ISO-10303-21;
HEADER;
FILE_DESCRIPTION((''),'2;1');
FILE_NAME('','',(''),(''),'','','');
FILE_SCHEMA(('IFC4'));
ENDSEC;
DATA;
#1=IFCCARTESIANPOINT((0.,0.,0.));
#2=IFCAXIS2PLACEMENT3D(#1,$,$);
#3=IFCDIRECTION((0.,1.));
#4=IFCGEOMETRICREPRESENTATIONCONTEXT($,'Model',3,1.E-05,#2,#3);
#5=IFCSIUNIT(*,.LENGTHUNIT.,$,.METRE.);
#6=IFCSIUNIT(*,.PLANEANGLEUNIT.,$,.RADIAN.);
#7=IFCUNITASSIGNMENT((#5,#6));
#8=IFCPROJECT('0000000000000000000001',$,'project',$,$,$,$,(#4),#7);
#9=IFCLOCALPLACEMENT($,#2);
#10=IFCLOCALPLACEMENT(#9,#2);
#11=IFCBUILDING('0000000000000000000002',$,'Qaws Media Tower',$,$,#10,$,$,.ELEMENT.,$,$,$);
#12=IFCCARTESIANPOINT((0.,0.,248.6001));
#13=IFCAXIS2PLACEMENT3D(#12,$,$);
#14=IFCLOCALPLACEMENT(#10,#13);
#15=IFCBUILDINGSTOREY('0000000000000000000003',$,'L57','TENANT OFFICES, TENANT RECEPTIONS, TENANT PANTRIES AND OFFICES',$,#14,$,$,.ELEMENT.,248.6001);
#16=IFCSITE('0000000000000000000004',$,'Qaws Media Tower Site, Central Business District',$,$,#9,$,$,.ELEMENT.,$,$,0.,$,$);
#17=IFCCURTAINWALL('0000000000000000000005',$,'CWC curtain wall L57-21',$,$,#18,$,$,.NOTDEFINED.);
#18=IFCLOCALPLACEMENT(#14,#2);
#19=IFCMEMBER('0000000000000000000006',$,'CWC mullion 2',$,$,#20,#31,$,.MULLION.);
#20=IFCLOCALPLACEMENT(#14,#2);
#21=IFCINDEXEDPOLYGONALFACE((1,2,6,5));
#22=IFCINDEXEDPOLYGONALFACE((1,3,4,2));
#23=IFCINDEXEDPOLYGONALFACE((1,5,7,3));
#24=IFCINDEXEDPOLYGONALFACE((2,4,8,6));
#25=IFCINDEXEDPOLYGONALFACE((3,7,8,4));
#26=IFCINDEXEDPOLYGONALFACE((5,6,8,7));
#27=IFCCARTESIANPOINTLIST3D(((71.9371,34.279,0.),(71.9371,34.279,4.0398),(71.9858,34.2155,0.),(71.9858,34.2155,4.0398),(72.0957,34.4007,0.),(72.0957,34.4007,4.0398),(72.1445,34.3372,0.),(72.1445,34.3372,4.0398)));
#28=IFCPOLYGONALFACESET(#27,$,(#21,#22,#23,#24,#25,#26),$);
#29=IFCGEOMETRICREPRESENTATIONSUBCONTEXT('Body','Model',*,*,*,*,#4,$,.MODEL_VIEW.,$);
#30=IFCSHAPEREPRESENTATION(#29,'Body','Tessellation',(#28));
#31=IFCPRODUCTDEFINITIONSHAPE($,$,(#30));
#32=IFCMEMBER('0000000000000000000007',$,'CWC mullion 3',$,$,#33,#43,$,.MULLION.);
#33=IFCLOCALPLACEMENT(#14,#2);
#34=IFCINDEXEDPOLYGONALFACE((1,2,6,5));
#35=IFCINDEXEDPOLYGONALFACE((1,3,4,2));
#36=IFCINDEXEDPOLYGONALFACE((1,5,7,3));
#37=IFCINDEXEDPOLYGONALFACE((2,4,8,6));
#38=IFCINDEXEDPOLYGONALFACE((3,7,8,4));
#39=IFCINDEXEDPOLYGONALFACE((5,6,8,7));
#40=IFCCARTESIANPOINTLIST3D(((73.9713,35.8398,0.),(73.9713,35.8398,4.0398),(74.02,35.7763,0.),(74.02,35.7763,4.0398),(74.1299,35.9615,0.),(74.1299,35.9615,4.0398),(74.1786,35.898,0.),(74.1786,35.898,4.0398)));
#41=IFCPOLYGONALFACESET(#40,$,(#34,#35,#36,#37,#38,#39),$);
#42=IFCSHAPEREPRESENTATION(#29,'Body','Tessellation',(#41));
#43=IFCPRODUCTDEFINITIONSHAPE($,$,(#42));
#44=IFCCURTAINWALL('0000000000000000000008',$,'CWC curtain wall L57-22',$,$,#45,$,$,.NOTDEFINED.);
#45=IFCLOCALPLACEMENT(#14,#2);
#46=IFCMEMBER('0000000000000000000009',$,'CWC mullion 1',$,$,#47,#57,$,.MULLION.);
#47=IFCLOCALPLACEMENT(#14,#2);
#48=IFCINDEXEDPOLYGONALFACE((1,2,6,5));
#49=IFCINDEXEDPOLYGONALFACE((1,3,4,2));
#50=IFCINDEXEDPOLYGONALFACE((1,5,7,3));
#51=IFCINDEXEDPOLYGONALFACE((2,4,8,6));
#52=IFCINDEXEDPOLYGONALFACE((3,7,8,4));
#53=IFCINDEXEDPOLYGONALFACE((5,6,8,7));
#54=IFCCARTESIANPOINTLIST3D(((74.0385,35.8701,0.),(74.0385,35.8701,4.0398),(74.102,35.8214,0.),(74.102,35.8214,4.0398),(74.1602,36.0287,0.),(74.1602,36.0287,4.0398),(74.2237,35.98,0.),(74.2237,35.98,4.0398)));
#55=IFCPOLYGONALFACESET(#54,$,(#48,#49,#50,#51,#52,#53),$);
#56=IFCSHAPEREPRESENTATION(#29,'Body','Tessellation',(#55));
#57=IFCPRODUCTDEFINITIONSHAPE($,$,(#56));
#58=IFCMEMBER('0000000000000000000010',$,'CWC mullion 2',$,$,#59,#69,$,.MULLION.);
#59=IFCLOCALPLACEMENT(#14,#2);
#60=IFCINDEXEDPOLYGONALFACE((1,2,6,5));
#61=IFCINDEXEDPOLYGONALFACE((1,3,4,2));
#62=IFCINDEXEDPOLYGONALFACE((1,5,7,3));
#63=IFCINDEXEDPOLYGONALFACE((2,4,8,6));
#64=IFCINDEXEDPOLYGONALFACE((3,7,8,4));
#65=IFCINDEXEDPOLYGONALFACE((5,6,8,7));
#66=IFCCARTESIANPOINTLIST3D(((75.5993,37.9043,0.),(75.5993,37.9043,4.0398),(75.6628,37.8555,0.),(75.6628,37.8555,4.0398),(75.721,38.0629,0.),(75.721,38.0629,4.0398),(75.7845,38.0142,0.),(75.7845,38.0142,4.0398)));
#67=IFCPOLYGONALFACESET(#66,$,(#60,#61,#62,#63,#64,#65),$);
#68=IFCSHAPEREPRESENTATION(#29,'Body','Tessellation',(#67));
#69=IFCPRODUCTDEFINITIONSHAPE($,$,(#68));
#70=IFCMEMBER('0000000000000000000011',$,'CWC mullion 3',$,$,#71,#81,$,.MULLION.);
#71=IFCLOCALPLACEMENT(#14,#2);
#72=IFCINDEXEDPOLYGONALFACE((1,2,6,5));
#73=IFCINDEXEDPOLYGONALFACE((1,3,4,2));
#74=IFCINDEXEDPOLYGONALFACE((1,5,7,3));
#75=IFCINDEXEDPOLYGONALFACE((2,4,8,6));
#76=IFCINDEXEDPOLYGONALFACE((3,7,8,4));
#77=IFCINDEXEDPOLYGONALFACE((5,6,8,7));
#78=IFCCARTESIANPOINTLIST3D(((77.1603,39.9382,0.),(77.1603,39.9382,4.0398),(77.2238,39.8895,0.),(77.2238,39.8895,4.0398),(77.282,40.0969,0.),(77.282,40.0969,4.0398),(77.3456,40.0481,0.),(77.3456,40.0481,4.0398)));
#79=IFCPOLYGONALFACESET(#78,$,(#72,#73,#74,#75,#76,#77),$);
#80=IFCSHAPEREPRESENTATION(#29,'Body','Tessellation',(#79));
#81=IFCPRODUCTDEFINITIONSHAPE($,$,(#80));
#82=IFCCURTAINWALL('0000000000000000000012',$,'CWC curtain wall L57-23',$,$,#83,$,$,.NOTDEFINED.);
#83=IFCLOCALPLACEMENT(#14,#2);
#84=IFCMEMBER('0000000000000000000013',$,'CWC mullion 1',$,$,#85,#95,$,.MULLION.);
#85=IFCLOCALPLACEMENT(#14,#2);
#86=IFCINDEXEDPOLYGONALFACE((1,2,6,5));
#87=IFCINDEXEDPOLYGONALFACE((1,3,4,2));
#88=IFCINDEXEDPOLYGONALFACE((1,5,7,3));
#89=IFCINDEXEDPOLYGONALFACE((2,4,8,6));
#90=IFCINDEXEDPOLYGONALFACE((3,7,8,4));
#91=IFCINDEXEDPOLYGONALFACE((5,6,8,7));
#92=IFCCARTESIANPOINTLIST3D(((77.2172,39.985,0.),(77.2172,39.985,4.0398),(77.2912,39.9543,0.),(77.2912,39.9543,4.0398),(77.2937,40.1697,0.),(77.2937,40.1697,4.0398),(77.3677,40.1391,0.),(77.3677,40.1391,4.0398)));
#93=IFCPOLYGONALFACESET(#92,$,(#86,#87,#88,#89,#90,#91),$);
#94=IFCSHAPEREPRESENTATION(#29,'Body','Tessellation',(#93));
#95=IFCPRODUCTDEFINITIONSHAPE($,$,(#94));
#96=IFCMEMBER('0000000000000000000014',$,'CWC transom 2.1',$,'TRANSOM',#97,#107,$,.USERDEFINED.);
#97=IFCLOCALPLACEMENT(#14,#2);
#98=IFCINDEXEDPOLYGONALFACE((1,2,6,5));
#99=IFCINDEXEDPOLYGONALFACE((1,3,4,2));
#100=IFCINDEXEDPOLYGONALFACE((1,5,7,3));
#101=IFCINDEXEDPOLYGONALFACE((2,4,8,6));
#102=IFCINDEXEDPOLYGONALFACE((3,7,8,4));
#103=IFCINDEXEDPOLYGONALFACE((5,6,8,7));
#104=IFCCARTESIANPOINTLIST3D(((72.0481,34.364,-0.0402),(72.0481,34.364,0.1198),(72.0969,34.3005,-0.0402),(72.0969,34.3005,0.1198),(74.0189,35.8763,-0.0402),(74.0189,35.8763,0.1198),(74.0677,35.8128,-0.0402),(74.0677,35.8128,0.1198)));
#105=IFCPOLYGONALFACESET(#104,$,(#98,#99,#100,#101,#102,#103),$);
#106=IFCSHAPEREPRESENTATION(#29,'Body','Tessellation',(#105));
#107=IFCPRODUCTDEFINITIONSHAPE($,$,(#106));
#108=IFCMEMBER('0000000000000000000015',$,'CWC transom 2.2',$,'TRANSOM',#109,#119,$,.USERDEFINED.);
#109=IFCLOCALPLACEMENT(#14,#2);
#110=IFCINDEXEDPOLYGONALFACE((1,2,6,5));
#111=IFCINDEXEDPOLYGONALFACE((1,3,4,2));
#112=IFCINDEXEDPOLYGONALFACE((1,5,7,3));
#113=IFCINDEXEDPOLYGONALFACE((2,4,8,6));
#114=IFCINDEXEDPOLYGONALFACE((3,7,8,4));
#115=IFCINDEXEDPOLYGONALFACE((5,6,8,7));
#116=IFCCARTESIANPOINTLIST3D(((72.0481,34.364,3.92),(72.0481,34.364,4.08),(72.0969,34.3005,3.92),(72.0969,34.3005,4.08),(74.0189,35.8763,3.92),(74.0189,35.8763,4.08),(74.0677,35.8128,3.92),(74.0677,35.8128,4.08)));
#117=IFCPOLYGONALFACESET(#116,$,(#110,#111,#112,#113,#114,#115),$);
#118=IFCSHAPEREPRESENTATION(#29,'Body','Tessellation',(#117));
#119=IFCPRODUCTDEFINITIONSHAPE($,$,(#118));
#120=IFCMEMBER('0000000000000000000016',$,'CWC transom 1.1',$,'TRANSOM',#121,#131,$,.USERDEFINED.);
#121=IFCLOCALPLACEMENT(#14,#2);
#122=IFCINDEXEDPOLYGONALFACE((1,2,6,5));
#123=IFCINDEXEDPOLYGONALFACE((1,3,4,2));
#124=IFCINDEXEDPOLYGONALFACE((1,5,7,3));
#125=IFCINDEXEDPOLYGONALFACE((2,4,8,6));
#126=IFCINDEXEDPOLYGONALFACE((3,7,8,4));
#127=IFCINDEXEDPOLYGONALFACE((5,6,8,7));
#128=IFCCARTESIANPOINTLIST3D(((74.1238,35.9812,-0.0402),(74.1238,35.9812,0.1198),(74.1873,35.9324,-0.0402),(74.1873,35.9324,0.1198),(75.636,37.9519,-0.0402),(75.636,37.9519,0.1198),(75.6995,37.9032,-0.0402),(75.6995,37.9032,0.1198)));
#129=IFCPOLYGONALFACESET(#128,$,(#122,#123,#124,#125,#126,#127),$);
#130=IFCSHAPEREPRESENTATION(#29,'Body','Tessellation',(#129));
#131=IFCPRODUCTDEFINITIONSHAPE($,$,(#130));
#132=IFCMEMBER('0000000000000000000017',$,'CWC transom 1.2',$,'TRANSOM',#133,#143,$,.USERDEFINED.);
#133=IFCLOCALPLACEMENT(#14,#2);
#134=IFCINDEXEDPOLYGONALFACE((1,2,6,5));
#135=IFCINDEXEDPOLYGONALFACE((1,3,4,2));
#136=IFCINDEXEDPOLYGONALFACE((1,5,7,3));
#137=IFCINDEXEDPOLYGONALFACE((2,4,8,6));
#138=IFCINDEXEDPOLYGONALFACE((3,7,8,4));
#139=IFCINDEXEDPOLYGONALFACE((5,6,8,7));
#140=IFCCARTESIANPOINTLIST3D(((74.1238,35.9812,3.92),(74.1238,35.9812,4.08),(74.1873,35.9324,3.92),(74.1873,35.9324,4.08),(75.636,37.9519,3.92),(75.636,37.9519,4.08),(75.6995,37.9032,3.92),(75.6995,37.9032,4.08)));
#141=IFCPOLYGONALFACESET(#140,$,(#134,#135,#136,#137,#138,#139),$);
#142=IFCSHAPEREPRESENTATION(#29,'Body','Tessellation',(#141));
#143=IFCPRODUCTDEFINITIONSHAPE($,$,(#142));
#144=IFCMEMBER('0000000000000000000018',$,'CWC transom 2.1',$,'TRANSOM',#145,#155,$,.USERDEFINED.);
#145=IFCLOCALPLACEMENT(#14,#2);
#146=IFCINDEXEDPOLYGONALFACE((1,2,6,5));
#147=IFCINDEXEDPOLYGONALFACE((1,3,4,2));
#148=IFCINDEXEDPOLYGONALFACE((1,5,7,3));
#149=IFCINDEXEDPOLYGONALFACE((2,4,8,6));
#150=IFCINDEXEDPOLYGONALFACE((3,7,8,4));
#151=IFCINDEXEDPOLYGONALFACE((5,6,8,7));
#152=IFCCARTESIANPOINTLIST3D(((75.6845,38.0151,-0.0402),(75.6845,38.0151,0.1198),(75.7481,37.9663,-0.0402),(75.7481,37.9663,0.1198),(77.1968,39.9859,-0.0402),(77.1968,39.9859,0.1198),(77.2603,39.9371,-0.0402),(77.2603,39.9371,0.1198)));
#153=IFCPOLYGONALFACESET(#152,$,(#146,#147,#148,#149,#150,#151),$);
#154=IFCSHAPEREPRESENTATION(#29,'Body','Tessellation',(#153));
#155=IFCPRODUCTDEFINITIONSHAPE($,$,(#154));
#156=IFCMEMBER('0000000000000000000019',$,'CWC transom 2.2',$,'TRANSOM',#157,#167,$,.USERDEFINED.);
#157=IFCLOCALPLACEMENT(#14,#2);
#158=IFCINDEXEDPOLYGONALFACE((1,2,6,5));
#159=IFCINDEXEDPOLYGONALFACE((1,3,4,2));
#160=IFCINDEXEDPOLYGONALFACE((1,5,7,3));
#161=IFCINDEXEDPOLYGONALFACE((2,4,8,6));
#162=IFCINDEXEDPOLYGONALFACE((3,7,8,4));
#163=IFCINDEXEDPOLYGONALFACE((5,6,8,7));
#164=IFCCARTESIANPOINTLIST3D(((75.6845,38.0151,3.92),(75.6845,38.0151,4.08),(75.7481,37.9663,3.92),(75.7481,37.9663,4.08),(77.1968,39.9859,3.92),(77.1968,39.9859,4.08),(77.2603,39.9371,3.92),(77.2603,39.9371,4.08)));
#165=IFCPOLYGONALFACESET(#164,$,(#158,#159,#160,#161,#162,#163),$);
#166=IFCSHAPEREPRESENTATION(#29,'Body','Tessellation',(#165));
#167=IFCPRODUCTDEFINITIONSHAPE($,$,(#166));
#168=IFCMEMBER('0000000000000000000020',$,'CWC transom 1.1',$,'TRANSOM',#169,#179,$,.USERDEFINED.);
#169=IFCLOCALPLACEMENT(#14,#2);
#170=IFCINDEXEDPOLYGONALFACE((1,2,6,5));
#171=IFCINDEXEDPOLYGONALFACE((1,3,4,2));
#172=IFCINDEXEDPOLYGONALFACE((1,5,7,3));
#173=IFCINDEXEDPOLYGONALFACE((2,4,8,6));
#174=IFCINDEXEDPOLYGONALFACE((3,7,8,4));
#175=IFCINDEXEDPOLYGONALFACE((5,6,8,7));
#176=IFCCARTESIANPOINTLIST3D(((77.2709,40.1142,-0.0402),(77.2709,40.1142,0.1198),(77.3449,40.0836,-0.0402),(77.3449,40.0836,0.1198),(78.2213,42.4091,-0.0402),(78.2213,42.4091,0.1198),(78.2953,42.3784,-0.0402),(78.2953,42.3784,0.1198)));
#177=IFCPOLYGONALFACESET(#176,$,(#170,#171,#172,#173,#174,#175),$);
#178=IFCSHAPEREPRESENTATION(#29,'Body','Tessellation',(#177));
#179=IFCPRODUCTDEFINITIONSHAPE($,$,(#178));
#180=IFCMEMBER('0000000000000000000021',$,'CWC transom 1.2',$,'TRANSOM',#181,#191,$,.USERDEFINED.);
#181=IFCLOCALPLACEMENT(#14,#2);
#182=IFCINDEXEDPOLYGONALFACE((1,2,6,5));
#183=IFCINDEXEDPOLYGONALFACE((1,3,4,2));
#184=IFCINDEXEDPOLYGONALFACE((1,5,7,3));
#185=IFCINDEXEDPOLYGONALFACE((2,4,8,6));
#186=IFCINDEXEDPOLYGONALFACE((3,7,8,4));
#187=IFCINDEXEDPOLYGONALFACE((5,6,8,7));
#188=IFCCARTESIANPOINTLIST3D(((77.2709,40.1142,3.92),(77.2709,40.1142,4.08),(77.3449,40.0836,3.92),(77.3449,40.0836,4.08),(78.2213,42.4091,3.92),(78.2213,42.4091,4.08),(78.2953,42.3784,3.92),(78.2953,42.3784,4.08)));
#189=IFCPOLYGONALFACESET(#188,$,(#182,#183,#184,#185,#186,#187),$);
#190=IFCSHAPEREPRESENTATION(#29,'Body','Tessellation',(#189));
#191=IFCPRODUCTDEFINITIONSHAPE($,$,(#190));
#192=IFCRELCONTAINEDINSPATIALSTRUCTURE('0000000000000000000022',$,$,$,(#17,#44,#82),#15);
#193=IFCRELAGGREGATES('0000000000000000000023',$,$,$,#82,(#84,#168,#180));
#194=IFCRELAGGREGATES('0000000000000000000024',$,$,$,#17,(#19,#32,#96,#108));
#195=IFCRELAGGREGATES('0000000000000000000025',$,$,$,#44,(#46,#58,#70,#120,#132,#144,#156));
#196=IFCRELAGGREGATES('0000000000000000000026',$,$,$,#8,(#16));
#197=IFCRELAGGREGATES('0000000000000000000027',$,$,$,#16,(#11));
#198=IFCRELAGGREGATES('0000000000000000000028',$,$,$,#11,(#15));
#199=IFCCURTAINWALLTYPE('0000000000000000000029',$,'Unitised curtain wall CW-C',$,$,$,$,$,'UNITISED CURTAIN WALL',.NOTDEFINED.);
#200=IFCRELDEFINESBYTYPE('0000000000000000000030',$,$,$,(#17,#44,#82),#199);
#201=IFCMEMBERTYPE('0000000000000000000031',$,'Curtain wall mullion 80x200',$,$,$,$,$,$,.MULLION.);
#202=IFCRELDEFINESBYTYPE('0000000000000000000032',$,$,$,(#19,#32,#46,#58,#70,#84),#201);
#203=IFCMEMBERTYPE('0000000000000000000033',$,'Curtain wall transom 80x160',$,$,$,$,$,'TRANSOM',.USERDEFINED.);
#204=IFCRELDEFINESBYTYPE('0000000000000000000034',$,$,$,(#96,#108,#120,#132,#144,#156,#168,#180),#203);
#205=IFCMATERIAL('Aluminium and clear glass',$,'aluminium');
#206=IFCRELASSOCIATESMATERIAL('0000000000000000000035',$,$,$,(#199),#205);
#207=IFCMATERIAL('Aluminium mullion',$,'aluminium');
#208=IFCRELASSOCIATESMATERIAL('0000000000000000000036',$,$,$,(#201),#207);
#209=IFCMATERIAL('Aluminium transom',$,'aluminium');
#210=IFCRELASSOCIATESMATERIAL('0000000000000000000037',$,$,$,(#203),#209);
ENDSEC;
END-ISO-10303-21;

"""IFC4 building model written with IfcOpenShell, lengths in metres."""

from ifc_helpers import new_model, si_unit, direction, frame, origin, origin_2d, place, context, subcontext, project, spatial, rectangle, extrude, material, material_profile, profile_set, type_object, element, aggregate, save


model = new_model("IFC4")

# Units and contexts
model_context = context("Model", 3, precision=1e-05, world=origin(), true_north=direction((0.0, 1.0)))
body_context = subcontext(model_context, "Body", "Model", "MODEL_VIEW")
ifc_project = project(units=[si_unit("LENGTHUNIT", "METRE"), si_unit("PLANEANGLEUNIT", "RADIAN")], contexts=[model_context])

# Site, building, storey
site_placement = place(None, origin())
site = spatial("IfcSite", under=ifc_project, at=site_placement, Name="Qaws Media Tower Site, Central Business District", CompositionType="ELEMENT", RefElevation=0.0)
building_placement = place(site_placement, origin())
building = spatial("IfcBuilding", under=site, at=building_placement, Name="Qaws Media Tower", CompositionType="ELEMENT")
storey_placement = place(building_placement, frame((0.0, 0.0, 248.6001)))
storey = spatial("IfcBuildingStorey", under=building, at=storey_placement, Name="L57", Description="TENANT OFFICES, TENANT RECEPTIONS, TENANT PANTRIES AND OFFICES", CompositionType="ELEMENT", Elevation=248.6001)

# Curtain walls, members
ifc_material_1 = material(Name="Aluminium and clear glass", Category="aluminium")
curtain_wall_type = type_object("IfcCurtainWallType", Name="Unitised curtain wall CW-C", ElementType="UNITISED CURTAIN WALL", PredefinedType="NOTDEFINED", material=ifc_material_1)
curtain_wall_1_placement = place(storey_placement, origin())
curtain_wall_1 = element("IfcCurtainWall", 1, at=curtain_wall_1_placement, inside=storey, type_object=curtain_wall_type, Name="CWC curtain wall L57-21", PredefinedType="NOTDEFINED")
ifc_material_2 = material(Name="Aluminium mullion", Category="aluminium")
ifc_material_profile_1 = material_profile(ifc_material_2, rectangle(XDim=0.0801, YDim=0.2, at=origin_2d()), Name="80x200")
ifc_profile_set_1 = profile_set([ifc_material_profile_1], Name="Aluminium mullion")
member_type_1 = type_object("IfcMemberType", Name="Curtain wall mullion 80x200", PredefinedType="MULLION", material=ifc_profile_set_1)
member_1_placement = place(storey_placement, frame((72.0408, 34.3081, 0.0), z_axis=(0.0, 0.0, 1.0), x_axis=(-0.608762, 0.793353, 0.0)))
member_1 = element("IfcMember", 2, at=member_1_placement, type_object=member_type_1, Name="CWC mullion 2", PredefinedType="MULLION", context=body_context, shape_type="SweptSolid", body=[
    extrude(rectangle(XDim=0.0801, YDim=0.2, at=origin_2d()), origin(), (0.0, 0.0, 1.0), 4.0398),
])
member_2_placement = place(storey_placement, frame((74.075, 35.8689, 0.0), z_axis=(0.0, 0.0, 1.0), x_axis=(-0.608762, 0.793353, 0.0)))
member_2 = element("IfcMember", 3, at=member_2_placement, type_object=member_type_1, Name="CWC mullion 3", PredefinedType="MULLION", context=body_context, shape_type="SweptSolid", body=[
    extrude(rectangle(XDim=0.0801, YDim=0.2, at=origin_2d()), origin(), (0.0, 0.0, 1.0), 4.0398),
])
curtain_wall_2_placement = place(storey_placement, origin())
curtain_wall_2 = element("IfcCurtainWall", 4, at=curtain_wall_2_placement, inside=storey, type_object=curtain_wall_type, Name="CWC curtain wall L57-22", PredefinedType="NOTDEFINED")
member_3_placement = place(storey_placement, frame((74.1311, 35.925, 0.0), z_axis=(0.0, 0.0, 1.0), x_axis=(-0.793353, 0.608762, 0.0)))
member_3 = element("IfcMember", 5, at=member_3_placement, type_object=member_type_1, Name="CWC mullion 1", PredefinedType="MULLION", context=body_context, shape_type="SweptSolid", body=[
    extrude(rectangle(XDim=0.0801, YDim=0.2, at=origin_2d()), origin(), (0.0, 0.0, 1.0), 4.0398),
])
member_4_placement = place(storey_placement, frame((75.6919, 37.9592, 0.0), z_axis=(0.0, 0.0, 1.0), x_axis=(-0.793353, 0.608762, 0.0)))
member_4 = element("IfcMember", 6, at=member_4_placement, type_object=member_type_1, Name="CWC mullion 2", PredefinedType="MULLION", context=body_context, shape_type="SweptSolid", body=[
    extrude(rectangle(XDim=0.0801, YDim=0.2, at=origin_2d()), origin(), (0.0, 0.0, 1.0), 4.0398),
])
member_5_placement = place(storey_placement, frame((77.2529, 39.9932, 0.0), z_axis=(0.0, 0.0, 1.0), x_axis=(-0.793353, 0.608762, 0.0)))
member_5 = element("IfcMember", 7, at=member_5_placement, type_object=member_type_1, Name="CWC mullion 3", PredefinedType="MULLION", context=body_context, shape_type="SweptSolid", body=[
    extrude(rectangle(XDim=0.0801, YDim=0.2, at=origin_2d()), origin(), (0.0, 0.0, 1.0), 4.0398),
])

# Curtain wall, member
curtain_wall_3_placement = place(storey_placement, origin())
curtain_wall_3 = element("IfcCurtainWall", 8, at=curtain_wall_3_placement, inside=storey, type_object=curtain_wall_type, Name="CWC curtain wall L57-23", PredefinedType="NOTDEFINED")
member_6_placement = place(storey_placement, frame((77.2925, 40.062, 0.0), z_axis=(0.0, 0.0, 1.0), x_axis=(-0.92388, 0.382683, 0.0)))
member_6 = element("IfcMember", 9, at=member_6_placement, type_object=member_type_1, Name="CWC mullion 1", PredefinedType="MULLION", context=body_context, shape_type="SweptSolid", body=[
    extrude(rectangle(XDim=0.0801, YDim=0.2, at=origin_2d()), origin(), (0.0, 0.0, 1.0), 4.0398),
])

# Members
ifc_material_3 = material(Name="Aluminium transom", Category="aluminium")
ifc_material_profile_2 = material_profile(ifc_material_3, rectangle(XDim=0.0801, YDim=0.1599, at=origin_2d()), Name="80x160")
ifc_profile_set_2 = profile_set([ifc_material_profile_2], Name="Aluminium transom")
member_type_2 = type_object("IfcMemberType", Name="Curtain wall transom 80x160", ElementType="TRANSOM", PredefinedType="USERDEFINED", material=ifc_profile_set_2)
member_7_placement = place(storey_placement, frame((72.0725, 34.3323, 0.0398), z_axis=(0.793347, 0.60877, 0.0), x_axis=(-0.60877, 0.793347, 0.0)))
member_7 = element("IfcMember", 10, at=member_7_placement, type_object=member_type_2, Name="CWC transom 2.1", ObjectType="TRANSOM", PredefinedType="USERDEFINED", context=body_context, shape_type="SweptSolid", body=[
    extrude(rectangle(XDim=0.0801, YDim=0.1599, at=origin_2d()), origin(), (0.0, 0.0, 1.0), 2.4841),
])
member_8_placement = place(storey_placement, frame((72.0725, 34.3323, 4.0), z_axis=(0.793347, 0.60877, 0.0), x_axis=(-0.60877, 0.793347, 0.0)))
member_8 = element("IfcMember", 11, at=member_8_placement, type_object=member_type_2, Name="CWC transom 2.2", ObjectType="TRANSOM", PredefinedType="USERDEFINED", context=body_context, shape_type="SweptSolid", body=[
    extrude(rectangle(XDim=0.0801, YDim=0.1599, at=origin_2d()), origin(), (0.0, 0.0, 1.0), 2.4841),
])
member_9_placement = place(storey_placement, frame((74.1555, 35.9568, 0.0398), z_axis=(0.60877, 0.793347, 0.0), x_axis=(-0.793347, 0.60877, 0.0)))
member_9 = element("IfcMember", 12, at=member_9_placement, type_object=member_type_2, Name="CWC transom 1.1", ObjectType="TRANSOM", PredefinedType="USERDEFINED", context=body_context, shape_type="SweptSolid", body=[
    extrude(rectangle(XDim=0.0801, YDim=0.1599, at=origin_2d()), origin(), (0.0, 0.0, 1.0), 2.4841),
])
member_10_placement = place(storey_placement, frame((74.1555, 35.9568, 4.0), z_axis=(0.60877, 0.793347, 0.0), x_axis=(-0.793347, 0.60877, 0.0)))
member_10 = element("IfcMember", 13, at=member_10_placement, type_object=member_type_2, Name="CWC transom 1.2", ObjectType="TRANSOM", PredefinedType="USERDEFINED", context=body_context, shape_type="SweptSolid", body=[
    extrude(rectangle(XDim=0.0801, YDim=0.1599, at=origin_2d()), origin(), (0.0, 0.0, 1.0), 2.4841),
])
member_11_placement = place(storey_placement, frame((75.7163, 37.9907, 0.0398), z_axis=(0.60877, 0.793347, 0.0), x_axis=(-0.793347, 0.60877, 0.0)))
member_11 = element("IfcMember", 14, at=member_11_placement, type_object=member_type_2, Name="CWC transom 2.1", ObjectType="TRANSOM", PredefinedType="USERDEFINED", context=body_context, shape_type="SweptSolid", body=[
    extrude(rectangle(XDim=0.0801, YDim=0.1599, at=origin_2d()), origin(), (0.0, 0.0, 1.0), 2.4841),
])
member_12_placement = place(storey_placement, frame((75.7163, 37.9907, 4.0), z_axis=(0.60877, 0.793347, 0.0), x_axis=(-0.793347, 0.60877, 0.0)))
member_12 = element("IfcMember", 15, at=member_12_placement, type_object=member_type_2, Name="CWC transom 2.2", ObjectType="TRANSOM", PredefinedType="USERDEFINED", context=body_context, shape_type="SweptSolid", body=[
    extrude(rectangle(XDim=0.0801, YDim=0.1599, at=origin_2d()), origin(), (0.0, 0.0, 1.0), 2.4841),
])
member_13_placement = place(storey_placement, frame((77.3079, 40.0989, 0.0398), z_axis=(0.382632, 0.923901, 0.0), x_axis=(-0.923901, 0.382632, 0.0)))
member_13 = element("IfcMember", 16, at=member_13_placement, type_object=member_type_2, Name="CWC transom 1.1", ObjectType="TRANSOM", PredefinedType="USERDEFINED", context=body_context, shape_type="SweptSolid", body=[
    extrude(rectangle(XDim=0.0801, YDim=0.1599, at=origin_2d()), origin(), (0.0, 0.0, 1.0), 2.4839),
])
member_14_placement = place(storey_placement, frame((77.3079, 40.0989, 4.0), z_axis=(0.382632, 0.923901, 0.0), x_axis=(-0.923901, 0.382632, 0.0)))
member_14 = element("IfcMember", 17, at=member_14_placement, type_object=member_type_2, Name="CWC transom 1.2", ObjectType="TRANSOM", PredefinedType="USERDEFINED", context=body_context, shape_type="SweptSolid", body=[
    extrude(rectangle(XDim=0.0801, YDim=0.1599, at=origin_2d()), origin(), (0.0, 0.0, 1.0), 2.4839),
])
aggregate(curtain_wall_3, [member_6, member_13, member_14])

aggregate(curtain_wall_1, [member_1, member_2, member_7, member_8])
aggregate(curtain_wall_2, [member_3, member_4, member_5, member_9, member_10, member_11, member_12])

save(model, "model.ifc")
